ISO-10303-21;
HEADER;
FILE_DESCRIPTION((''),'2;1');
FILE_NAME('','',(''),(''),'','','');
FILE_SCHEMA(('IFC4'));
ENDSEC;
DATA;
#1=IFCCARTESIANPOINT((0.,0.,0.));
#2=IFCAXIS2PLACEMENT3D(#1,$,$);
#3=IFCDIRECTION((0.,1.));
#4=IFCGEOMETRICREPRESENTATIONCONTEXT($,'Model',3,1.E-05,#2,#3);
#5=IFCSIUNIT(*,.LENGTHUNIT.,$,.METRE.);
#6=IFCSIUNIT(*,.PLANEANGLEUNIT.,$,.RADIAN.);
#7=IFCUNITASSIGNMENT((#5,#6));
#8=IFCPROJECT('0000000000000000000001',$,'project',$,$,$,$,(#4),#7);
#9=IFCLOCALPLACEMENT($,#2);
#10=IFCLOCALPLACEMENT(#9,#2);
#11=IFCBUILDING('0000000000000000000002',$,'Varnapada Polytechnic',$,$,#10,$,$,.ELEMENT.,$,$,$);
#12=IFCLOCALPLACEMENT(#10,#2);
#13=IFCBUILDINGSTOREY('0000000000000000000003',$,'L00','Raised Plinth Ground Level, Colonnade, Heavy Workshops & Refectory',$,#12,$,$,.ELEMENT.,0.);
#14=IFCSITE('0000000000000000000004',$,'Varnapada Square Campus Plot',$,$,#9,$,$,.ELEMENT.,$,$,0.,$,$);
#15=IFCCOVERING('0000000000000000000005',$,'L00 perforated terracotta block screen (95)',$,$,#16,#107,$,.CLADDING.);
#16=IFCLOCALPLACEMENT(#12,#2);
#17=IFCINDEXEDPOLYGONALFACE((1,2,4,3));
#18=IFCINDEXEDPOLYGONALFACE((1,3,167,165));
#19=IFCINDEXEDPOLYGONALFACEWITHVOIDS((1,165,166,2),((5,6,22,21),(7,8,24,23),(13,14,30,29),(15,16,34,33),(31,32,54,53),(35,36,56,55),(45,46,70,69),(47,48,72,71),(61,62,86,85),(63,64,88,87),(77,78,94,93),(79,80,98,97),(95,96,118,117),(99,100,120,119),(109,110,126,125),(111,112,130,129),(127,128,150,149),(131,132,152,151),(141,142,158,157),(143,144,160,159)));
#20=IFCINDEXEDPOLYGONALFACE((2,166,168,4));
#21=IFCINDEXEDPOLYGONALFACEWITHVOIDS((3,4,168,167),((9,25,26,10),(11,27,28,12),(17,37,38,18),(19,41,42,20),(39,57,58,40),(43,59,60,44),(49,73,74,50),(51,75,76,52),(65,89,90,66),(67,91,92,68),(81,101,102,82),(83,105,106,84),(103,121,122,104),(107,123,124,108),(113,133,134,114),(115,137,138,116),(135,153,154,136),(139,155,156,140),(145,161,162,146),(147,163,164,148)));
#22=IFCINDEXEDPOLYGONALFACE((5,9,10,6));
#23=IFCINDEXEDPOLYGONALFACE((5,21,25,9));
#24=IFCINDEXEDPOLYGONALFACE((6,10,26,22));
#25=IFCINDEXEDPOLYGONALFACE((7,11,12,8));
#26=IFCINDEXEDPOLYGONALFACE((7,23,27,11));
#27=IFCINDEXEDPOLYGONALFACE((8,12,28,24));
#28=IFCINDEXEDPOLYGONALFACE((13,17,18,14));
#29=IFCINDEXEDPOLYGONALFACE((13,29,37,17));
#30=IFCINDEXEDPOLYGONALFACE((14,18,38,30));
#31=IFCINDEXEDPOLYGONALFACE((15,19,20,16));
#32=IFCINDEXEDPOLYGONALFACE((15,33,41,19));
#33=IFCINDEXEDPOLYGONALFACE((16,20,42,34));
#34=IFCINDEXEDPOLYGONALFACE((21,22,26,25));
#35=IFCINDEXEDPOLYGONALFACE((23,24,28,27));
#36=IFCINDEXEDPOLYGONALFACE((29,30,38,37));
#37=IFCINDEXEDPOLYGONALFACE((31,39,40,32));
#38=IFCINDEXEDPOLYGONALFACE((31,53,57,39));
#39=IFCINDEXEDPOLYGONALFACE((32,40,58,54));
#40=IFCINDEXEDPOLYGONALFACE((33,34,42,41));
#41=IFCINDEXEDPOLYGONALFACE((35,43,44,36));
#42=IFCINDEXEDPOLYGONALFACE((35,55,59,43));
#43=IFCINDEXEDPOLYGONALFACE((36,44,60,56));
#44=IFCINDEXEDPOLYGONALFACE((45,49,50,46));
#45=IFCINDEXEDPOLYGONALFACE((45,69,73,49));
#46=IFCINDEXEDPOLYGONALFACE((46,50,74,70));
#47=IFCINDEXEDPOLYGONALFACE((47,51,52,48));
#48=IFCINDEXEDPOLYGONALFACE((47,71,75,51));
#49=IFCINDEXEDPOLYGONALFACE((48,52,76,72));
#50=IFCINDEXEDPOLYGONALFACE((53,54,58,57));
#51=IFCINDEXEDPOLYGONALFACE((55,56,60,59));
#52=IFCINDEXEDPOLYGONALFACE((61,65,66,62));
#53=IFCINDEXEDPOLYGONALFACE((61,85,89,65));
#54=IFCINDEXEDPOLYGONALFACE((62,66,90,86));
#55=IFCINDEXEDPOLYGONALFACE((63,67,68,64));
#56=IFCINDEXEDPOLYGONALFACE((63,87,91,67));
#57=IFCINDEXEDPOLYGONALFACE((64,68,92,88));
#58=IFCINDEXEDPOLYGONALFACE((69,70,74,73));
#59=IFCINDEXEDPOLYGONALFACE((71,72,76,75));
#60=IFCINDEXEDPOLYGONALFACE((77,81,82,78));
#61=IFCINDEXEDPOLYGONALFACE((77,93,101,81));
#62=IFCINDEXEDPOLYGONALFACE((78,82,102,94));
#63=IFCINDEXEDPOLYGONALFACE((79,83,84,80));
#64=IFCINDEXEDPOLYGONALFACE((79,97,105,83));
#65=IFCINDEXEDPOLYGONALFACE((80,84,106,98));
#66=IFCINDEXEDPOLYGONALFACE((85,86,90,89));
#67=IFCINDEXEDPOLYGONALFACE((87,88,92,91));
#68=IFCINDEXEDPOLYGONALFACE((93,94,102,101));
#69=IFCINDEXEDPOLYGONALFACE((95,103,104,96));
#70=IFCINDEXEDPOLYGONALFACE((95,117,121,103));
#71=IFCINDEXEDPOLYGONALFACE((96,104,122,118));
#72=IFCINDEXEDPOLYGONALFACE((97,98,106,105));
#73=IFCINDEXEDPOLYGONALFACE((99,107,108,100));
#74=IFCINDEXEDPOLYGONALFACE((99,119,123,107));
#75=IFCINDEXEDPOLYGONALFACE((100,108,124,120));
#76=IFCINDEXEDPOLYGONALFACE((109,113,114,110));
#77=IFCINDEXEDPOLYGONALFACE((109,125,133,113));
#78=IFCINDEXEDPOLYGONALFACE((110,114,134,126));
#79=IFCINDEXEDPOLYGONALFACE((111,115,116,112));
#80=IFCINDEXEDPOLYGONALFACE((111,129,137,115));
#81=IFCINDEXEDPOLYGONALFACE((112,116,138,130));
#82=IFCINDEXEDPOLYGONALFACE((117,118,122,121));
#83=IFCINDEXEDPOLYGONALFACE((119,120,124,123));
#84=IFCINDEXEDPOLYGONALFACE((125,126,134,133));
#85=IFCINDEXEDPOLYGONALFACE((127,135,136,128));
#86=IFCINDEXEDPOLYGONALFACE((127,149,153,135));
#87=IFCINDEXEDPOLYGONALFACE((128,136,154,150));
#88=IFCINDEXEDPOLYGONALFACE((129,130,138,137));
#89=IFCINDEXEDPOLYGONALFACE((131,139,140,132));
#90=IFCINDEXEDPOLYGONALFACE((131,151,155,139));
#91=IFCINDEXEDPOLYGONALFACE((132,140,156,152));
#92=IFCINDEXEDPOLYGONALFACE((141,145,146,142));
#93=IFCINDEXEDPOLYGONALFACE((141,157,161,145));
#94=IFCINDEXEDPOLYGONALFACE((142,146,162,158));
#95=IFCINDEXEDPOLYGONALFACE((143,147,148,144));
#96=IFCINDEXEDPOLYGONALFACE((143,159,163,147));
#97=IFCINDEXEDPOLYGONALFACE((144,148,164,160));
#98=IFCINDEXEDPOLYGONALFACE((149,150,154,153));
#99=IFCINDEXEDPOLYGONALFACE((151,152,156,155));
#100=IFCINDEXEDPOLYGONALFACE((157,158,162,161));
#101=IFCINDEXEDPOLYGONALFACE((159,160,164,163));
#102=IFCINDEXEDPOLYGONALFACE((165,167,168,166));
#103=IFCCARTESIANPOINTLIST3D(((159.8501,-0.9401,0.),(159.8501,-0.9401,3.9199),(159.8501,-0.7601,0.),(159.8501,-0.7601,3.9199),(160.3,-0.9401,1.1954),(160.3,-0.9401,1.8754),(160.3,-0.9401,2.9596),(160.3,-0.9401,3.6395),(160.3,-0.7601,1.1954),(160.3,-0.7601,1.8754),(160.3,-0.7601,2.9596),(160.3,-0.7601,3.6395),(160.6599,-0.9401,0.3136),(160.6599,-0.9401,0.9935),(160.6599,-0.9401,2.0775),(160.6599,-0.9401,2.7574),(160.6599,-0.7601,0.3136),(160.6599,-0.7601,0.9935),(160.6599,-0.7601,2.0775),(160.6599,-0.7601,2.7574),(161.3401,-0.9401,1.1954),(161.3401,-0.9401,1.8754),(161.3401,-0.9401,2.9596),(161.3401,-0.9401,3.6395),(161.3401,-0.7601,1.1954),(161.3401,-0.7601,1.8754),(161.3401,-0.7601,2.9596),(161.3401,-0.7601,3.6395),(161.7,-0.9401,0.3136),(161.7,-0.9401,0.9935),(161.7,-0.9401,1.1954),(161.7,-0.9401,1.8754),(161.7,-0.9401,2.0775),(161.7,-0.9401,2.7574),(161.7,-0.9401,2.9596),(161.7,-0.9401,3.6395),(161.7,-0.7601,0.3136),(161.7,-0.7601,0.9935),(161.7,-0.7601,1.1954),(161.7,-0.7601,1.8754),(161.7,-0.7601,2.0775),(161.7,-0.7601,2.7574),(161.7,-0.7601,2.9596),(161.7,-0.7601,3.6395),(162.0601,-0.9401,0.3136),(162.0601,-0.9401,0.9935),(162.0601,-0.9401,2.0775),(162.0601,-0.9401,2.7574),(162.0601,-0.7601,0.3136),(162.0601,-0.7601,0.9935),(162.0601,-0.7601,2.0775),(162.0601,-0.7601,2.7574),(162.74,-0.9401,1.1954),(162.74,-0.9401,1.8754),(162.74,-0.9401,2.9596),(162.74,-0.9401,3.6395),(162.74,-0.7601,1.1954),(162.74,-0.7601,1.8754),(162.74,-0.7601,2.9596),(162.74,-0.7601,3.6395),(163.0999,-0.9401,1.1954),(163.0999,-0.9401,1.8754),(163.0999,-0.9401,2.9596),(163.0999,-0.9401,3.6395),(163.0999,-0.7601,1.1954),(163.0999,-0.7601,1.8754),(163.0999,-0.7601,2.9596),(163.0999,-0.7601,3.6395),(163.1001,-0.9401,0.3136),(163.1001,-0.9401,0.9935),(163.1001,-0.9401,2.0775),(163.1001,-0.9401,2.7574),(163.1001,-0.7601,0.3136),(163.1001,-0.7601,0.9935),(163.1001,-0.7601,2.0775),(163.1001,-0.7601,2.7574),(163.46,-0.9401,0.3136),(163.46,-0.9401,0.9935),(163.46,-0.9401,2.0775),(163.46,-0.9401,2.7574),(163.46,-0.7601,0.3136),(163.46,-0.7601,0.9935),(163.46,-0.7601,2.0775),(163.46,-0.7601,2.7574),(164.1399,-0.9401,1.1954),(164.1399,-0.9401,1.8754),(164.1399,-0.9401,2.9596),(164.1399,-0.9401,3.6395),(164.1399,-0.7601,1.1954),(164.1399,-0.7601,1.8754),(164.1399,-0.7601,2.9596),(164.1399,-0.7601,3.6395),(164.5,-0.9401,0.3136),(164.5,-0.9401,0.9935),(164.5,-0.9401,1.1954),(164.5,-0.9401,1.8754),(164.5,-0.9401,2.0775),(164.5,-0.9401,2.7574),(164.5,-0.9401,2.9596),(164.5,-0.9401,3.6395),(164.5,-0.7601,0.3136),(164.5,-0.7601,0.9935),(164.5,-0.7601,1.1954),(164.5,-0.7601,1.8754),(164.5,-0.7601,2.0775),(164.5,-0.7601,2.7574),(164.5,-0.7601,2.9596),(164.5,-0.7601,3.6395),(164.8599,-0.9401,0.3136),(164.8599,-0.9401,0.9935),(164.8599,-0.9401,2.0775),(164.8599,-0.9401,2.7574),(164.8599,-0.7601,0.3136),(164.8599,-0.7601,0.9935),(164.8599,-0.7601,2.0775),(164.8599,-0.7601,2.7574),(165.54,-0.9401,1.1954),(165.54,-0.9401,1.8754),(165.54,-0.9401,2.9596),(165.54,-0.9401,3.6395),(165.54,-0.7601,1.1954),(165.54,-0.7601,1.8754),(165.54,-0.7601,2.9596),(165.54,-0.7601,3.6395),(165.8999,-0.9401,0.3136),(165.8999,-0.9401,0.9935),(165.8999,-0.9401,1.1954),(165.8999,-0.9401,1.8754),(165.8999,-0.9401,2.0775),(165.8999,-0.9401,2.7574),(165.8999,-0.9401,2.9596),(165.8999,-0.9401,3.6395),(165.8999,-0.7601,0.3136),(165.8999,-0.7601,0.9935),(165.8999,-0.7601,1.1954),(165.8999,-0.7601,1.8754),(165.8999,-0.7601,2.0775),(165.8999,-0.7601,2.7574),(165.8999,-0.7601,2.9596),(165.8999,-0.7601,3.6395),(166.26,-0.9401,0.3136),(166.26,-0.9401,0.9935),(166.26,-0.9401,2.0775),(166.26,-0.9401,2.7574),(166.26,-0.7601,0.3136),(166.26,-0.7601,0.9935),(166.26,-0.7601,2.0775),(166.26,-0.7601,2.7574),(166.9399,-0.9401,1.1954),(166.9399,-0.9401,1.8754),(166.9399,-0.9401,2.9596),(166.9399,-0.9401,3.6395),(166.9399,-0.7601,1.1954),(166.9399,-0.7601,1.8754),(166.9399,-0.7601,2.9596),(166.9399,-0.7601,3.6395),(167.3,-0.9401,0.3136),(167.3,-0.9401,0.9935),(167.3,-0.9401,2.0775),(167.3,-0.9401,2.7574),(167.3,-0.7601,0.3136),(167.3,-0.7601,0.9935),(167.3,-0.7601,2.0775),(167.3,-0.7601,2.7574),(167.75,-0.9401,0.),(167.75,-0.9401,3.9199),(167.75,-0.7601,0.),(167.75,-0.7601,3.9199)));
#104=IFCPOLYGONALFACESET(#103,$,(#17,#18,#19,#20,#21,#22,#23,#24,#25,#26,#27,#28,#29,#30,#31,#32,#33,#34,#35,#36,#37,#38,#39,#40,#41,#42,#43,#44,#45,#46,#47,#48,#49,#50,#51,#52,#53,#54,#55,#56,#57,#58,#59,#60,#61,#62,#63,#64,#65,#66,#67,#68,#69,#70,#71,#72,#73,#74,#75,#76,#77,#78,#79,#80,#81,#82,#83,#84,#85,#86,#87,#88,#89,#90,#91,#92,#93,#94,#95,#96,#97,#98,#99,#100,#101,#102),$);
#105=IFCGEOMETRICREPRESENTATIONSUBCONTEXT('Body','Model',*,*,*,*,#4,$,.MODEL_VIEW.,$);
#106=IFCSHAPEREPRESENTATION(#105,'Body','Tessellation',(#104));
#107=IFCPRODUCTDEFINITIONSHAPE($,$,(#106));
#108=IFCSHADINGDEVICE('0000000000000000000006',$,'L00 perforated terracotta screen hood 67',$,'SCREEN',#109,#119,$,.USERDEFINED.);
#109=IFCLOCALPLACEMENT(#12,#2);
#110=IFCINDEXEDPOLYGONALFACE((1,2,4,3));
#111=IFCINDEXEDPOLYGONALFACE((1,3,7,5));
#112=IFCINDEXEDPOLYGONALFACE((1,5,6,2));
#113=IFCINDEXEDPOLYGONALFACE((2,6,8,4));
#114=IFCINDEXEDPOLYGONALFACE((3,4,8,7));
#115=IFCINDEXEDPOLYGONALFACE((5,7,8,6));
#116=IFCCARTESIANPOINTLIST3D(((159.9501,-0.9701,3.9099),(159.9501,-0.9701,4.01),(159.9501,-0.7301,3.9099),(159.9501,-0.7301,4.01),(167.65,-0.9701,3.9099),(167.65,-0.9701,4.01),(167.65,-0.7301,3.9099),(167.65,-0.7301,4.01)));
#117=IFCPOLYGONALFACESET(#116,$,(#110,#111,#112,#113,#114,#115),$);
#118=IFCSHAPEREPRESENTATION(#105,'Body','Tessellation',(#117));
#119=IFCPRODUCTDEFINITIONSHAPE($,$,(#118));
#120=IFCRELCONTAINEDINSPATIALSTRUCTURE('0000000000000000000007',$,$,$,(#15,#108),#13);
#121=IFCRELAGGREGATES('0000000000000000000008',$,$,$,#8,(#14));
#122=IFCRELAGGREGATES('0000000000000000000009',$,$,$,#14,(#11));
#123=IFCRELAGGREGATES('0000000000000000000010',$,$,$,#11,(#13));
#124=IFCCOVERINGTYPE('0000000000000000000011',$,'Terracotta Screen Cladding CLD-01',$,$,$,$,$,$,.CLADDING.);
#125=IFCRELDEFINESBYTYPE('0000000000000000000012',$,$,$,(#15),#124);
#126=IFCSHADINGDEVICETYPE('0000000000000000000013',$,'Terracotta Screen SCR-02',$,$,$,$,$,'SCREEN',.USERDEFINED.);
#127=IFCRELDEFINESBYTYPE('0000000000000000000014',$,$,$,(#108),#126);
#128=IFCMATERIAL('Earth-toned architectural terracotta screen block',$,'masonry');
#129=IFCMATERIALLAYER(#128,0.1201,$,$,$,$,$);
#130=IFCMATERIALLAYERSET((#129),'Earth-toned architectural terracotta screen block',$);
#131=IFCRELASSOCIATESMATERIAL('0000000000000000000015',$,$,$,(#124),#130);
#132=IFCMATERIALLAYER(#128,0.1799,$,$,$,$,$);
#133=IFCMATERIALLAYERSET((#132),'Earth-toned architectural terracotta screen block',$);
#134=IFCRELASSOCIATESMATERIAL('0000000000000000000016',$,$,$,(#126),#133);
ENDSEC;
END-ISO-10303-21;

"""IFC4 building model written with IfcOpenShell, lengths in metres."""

from ifc_helpers import new_model, si_unit, direction, frame, frame_2d, origin, origin_2d, place, context, subcontext, project, spatial, rectangle, extrude, material, layer, layer_set, type_object, element, save


model = new_model("IFC4")

# Units and contexts
model_context = context("Model", 3, precision=1e-05, world=origin(), true_north=direction((0.0, 1.0)))
body_context = subcontext(model_context, "Body", "Model", "MODEL_VIEW")
ifc_project = project(units=[si_unit("LENGTHUNIT", "METRE"), si_unit("PLANEANGLEUNIT", "RADIAN")], contexts=[model_context])

# Site, building, storey
site_placement = place(None, origin())
site = spatial("IfcSite", under=ifc_project, at=site_placement, Name="Varnapada Square Campus Plot", CompositionType="ELEMENT", RefElevation=0.0)
building_placement = place(site_placement, origin())
building = spatial("IfcBuilding", under=site, at=building_placement, Name="Varnapada Polytechnic", CompositionType="ELEMENT")
storey_placement = place(building_placement, origin())
storey = spatial("IfcBuildingStorey", under=building, at=storey_placement, Name="L00", Description="Raised Plinth Ground Level, Colonnade, Heavy Workshops & Refectory", CompositionType="ELEMENT", Elevation=0.0)

# Covering, openings
ifc_material_1 = material(Name="Earth-toned architectural terracotta screen block", Category="masonry")
ifc_layer_1 = layer(ifc_material_1, 0.1201)
ifc_layer_set_1 = layer_set([ifc_layer_1], Name="Earth-toned architectural terracotta screen block")
covering_type = type_object("IfcCoveringType", Name="Terracotta Screen Cladding CLD-01", PredefinedType="CLADDING", material=ifc_layer_set_1)
covering_placement = place(storey_placement, frame((167.75, -0.8501, 0.0), z_axis=(0.0, 0.0, 1.0), x_axis=(-1.0, 0.0, 0.0)))
covering = element("IfcCovering", 1, at=covering_placement, inside=storey, type_object=covering_type, Name="L00 perforated terracotta block screen (95)", PredefinedType="CLADDING", context=body_context, shape_type="SweptSolid", body=[
    extrude(rectangle(XDim=7.8999, YDim=0.1799, at=frame_2d((3.95, 0.0))), origin(), (0.0, 0.0, 1.0), 3.9199),
])
opening_1_placement = place(covering_placement, frame((0.45, 0.0, 0.3137)))
element("IfcOpeningElement", 2, at=opening_1_placement, cuts=covering, PredefinedType="OPENING", context=body_context, shape_type="SweptSolid", body=[
    extrude(rectangle(XDim=1.04, YDim=0.6799, at=frame_2d((0.52, 0.3398))), frame((0.0, 0.0999, 0.0), z_axis=(0.0, -1.0, 0.0), x_axis=(1.0, 0.0, 0.0)), (0.0, 0.0, 1.0), 0.2),
])
opening_2_placement = place(covering_placement, frame((1.8501, 0.0, 0.3137)))
element("IfcOpeningElement", 3, at=opening_2_placement, cuts=covering, PredefinedType="OPENING", context=body_context, shape_type="SweptSolid", body=[
    extrude(rectangle(XDim=1.04, YDim=0.6799, at=frame_2d((0.52, 0.3398))), frame((0.0, 0.0999, 0.0), z_axis=(0.0, -1.0, 0.0), x_axis=(1.0, 0.0, 0.0)), (0.0, 0.0, 1.0), 0.2),
])
opening_3_placement = place(covering_placement, frame((3.25, 0.0, 0.3137)))
element("IfcOpeningElement", 4, at=opening_3_placement, cuts=covering, PredefinedType="OPENING", context=body_context, shape_type="SweptSolid", body=[
    extrude(rectangle(XDim=1.04, YDim=0.6799, at=frame_2d((0.52, 0.3398))), frame((0.0, 0.0999, 0.0), z_axis=(0.0, -1.0, 0.0), x_axis=(1.0, 0.0, 0.0)), (0.0, 0.0, 1.0), 0.2),
])
opening_4_placement = place(covering_placement, frame((4.6499, 0.0, 0.3137)))
element("IfcOpeningElement", 5, at=opening_4_placement, cuts=covering, PredefinedType="OPENING", context=body_context, shape_type="SweptSolid", body=[
    extrude(rectangle(XDim=1.04, YDim=0.6799, at=frame_2d((0.52, 0.3398))), frame((0.0, 0.0999, 0.0), z_axis=(0.0, -1.0, 0.0), x_axis=(1.0, 0.0, 0.0)), (0.0, 0.0, 1.0), 0.2),
])
opening_5_placement = place(covering_placement, frame((6.05, 0.0, 0.3137)))
element("IfcOpeningElement", 6, at=opening_5_placement, cuts=covering, PredefinedType="OPENING", context=body_context, shape_type="SweptSolid", body=[
    extrude(rectangle(XDim=1.04, YDim=0.6799, at=frame_2d((0.52, 0.3398))), frame((0.0, 0.0999, 0.0), z_axis=(0.0, -1.0, 0.0), x_axis=(1.0, 0.0, 0.0)), (0.0, 0.0, 1.0), 0.2),
])
opening_6_placement = place(covering_placement, frame((0.8101, 0.0, 1.1956)))
element("IfcOpeningElement", 7, at=opening_6_placement, cuts=covering, PredefinedType="OPENING", context=body_context, shape_type="SweptSolid", body=[
    extrude(rectangle(XDim=1.04, YDim=0.6799, at=frame_2d((0.52, 0.3398))), frame((0.0, 0.0999, 0.0), z_axis=(0.0, -1.0, 0.0), x_axis=(1.0, 0.0, 0.0)), (0.0, 0.0, 1.0), 0.2),
])
opening_7_placement = place(covering_placement, frame((2.21, 0.0, 1.1956)))
element("IfcOpeningElement", 8, at=opening_7_placement, cuts=covering, PredefinedType="OPENING", context=body_context, shape_type="SweptSolid", body=[
    extrude(rectangle(XDim=1.04, YDim=0.6799, at=frame_2d((0.52, 0.3398))), frame((0.0, 0.0999, 0.0), z_axis=(0.0, -1.0, 0.0), x_axis=(1.0, 0.0, 0.0)), (0.0, 0.0, 1.0), 0.2),
])
opening_8_placement = place(covering_placement, frame((3.6101, 0.0, 1.1956)))
element("IfcOpeningElement", 9, at=opening_8_placement, cuts=covering, PredefinedType="OPENING", context=body_context, shape_type="SweptSolid", body=[
    extrude(rectangle(XDim=1.04, YDim=0.6799, at=frame_2d((0.52, 0.3398))), frame((0.0, 0.0999, 0.0), z_axis=(0.0, -1.0, 0.0), x_axis=(1.0, 0.0, 0.0)), (0.0, 0.0, 1.0), 0.2),
])
opening_9_placement = place(covering_placement, frame((5.01, 0.0, 1.1956)))
element("IfcOpeningElement", 10, at=opening_9_placement, cuts=covering, PredefinedType="OPENING", context=body_context, shape_type="SweptSolid", body=[
    extrude(rectangle(XDim=1.04, YDim=0.6799, at=frame_2d((0.52, 0.3398))), frame((0.0, 0.0999, 0.0), z_axis=(0.0, -1.0, 0.0), x_axis=(1.0, 0.0, 0.0)), (0.0, 0.0, 1.0), 0.2),
])
opening_10_placement = place(covering_placement, frame((6.4099, 0.0, 1.1956)))
element("IfcOpeningElement", 11, at=opening_10_placement, cuts=covering, PredefinedType="OPENING", context=body_context, shape_type="SweptSolid", body=[
    extrude(rectangle(XDim=1.04, YDim=0.6799, at=frame_2d((0.52, 0.3398))), frame((0.0, 0.0999, 0.0), z_axis=(0.0, -1.0, 0.0), x_axis=(1.0, 0.0, 0.0)), (0.0, 0.0, 1.0), 0.2),
])
opening_11_placement = place(covering_placement, frame((0.45, 0.0, 2.0776)))
element("IfcOpeningElement", 12, at=opening_11_placement, cuts=covering, PredefinedType="OPENING", context=body_context, shape_type="SweptSolid", body=[
    extrude(rectangle(XDim=1.04, YDim=0.6799, at=frame_2d((0.52, 0.3398))), frame((0.0, 0.0999, 0.0), z_axis=(0.0, -1.0, 0.0), x_axis=(1.0, 0.0, 0.0)), (0.0, 0.0, 1.0), 0.2),
])
opening_12_placement = place(covering_placement, frame((1.8501, 0.0, 2.0776)))
element("IfcOpeningElement", 13, at=opening_12_placement, cuts=covering, PredefinedType="OPENING", context=body_context, shape_type="SweptSolid", body=[
    extrude(rectangle(XDim=1.04, YDim=0.6799, at=frame_2d((0.52, 0.3398))), frame((0.0, 0.0999, 0.0), z_axis=(0.0, -1.0, 0.0), x_axis=(1.0, 0.0, 0.0)), (0.0, 0.0, 1.0), 0.2),
])
opening_13_placement = place(covering_placement, frame((3.25, 0.0, 2.0776)))
element("IfcOpeningElement", 14, at=opening_13_placement, cuts=covering, PredefinedType="OPENING", context=body_context, shape_type="SweptSolid", body=[
    extrude(rectangle(XDim=1.04, YDim=0.6799, at=frame_2d((0.52, 0.3398))), frame((0.0, 0.0999, 0.0), z_axis=(0.0, -1.0, 0.0), x_axis=(1.0, 0.0, 0.0)), (0.0, 0.0, 1.0), 0.2),
])
opening_14_placement = place(covering_placement, frame((4.6499, 0.0, 2.0776)))
element("IfcOpeningElement", 15, at=opening_14_placement, cuts=covering, PredefinedType="OPENING", context=body_context, shape_type="SweptSolid", body=[
    extrude(rectangle(XDim=1.04, YDim=0.6799, at=frame_2d((0.52, 0.3398))), frame((0.0, 0.0999, 0.0), z_axis=(0.0, -1.0, 0.0), x_axis=(1.0, 0.0, 0.0)), (0.0, 0.0, 1.0), 0.2),
])
opening_15_placement = place(covering_placement, frame((6.05, 0.0, 2.0776)))
element("IfcOpeningElement", 16, at=opening_15_placement, cuts=covering, PredefinedType="OPENING", context=body_context, shape_type="SweptSolid", body=[
    extrude(rectangle(XDim=1.04, YDim=0.6799, at=frame_2d((0.52, 0.3398))), frame((0.0, 0.0999, 0.0), z_axis=(0.0, -1.0, 0.0), x_axis=(1.0, 0.0, 0.0)), (0.0, 0.0, 1.0), 0.2),
])
opening_16_placement = place(covering_placement, frame((0.8101, 0.0, 2.9597)))
element("IfcOpeningElement", 17, at=opening_16_placement, cuts=covering, PredefinedType="OPENING", context=body_context, shape_type="SweptSolid", body=[
    extrude(rectangle(XDim=1.04, YDim=0.6799, at=frame_2d((0.52, 0.3398))), frame((0.0, 0.0999, 0.0), z_axis=(0.0, -1.0, 0.0), x_axis=(1.0, 0.0, 0.0)), (0.0, 0.0, 1.0), 0.2),
])
opening_17_placement = place(covering_placement, frame((2.21, 0.0, 2.9597)))
element("IfcOpeningElement", 18, at=opening_17_placement, cuts=covering, PredefinedType="OPENING", context=body_context, shape_type="SweptSolid", body=[
    extrude(rectangle(XDim=1.04, YDim=0.6799, at=frame_2d((0.52, 0.3398))), frame((0.0, 0.0999, 0.0), z_axis=(0.0, -1.0, 0.0), x_axis=(1.0, 0.0, 0.0)), (0.0, 0.0, 1.0), 0.2),
])
opening_18_placement = place(covering_placement, frame((3.6101, 0.0, 2.9597)))
element("IfcOpeningElement", 19, at=opening_18_placement, cuts=covering, PredefinedType="OPENING", context=body_context, shape_type="SweptSolid", body=[
    extrude(rectangle(XDim=1.04, YDim=0.6799, at=frame_2d((0.52, 0.3398))), frame((0.0, 0.0999, 0.0), z_axis=(0.0, -1.0, 0.0), x_axis=(1.0, 0.0, 0.0)), (0.0, 0.0, 1.0), 0.2),
])
opening_19_placement = place(covering_placement, frame((5.01, 0.0, 2.9597)))
element("IfcOpeningElement", 20, at=opening_19_placement, cuts=covering, PredefinedType="OPENING", context=body_context, shape_type="SweptSolid", body=[
    extrude(rectangle(XDim=1.04, YDim=0.6799, at=frame_2d((0.52, 0.3398))), frame((0.0, 0.0999, 0.0), z_axis=(0.0, -1.0, 0.0), x_axis=(1.0, 0.0, 0.0)), (0.0, 0.0, 1.0), 0.2),
])
opening_20_placement = place(covering_placement, frame((6.4099, 0.0, 2.9597)))
element("IfcOpeningElement", 21, at=opening_20_placement, cuts=covering, PredefinedType="OPENING", context=body_context, shape_type="SweptSolid", body=[
    extrude(rectangle(XDim=1.04, YDim=0.6799, at=frame_2d((0.52, 0.3398))), frame((0.0, 0.0999, 0.0), z_axis=(0.0, -1.0, 0.0), x_axis=(1.0, 0.0, 0.0)), (0.0, 0.0, 1.0), 0.2),
])

# Shading device
ifc_layer_2 = layer(ifc_material_1, 0.1799)
ifc_layer_set_2 = layer_set([ifc_layer_2], Name="Earth-toned architectural terracotta screen block")
shading_device_type = type_object("IfcShadingDeviceType", Name="Terracotta Screen SCR-02", ElementType="SCREEN", PredefinedType="USERDEFINED", material=ifc_layer_set_2)
shading_device_placement = place(storey_placement, frame((163.8, -0.8501, 3.9099), z_axis=(0.0, 0.0, 1.0), x_axis=(-1.0, 0.0, 0.0)))
element("IfcShadingDevice", 22, at=shading_device_placement, inside=storey, type_object=shading_device_type, Name="L00 perforated terracotta screen hood 67", ObjectType="SCREEN", PredefinedType="USERDEFINED", context=body_context, shape_type="SweptSolid", body=[
    extrude(rectangle(XDim=7.7, YDim=0.24, at=origin_2d()), origin(), (0.0, 0.0, 1.0), 0.1001),
])

save(model, "model.ifc")
